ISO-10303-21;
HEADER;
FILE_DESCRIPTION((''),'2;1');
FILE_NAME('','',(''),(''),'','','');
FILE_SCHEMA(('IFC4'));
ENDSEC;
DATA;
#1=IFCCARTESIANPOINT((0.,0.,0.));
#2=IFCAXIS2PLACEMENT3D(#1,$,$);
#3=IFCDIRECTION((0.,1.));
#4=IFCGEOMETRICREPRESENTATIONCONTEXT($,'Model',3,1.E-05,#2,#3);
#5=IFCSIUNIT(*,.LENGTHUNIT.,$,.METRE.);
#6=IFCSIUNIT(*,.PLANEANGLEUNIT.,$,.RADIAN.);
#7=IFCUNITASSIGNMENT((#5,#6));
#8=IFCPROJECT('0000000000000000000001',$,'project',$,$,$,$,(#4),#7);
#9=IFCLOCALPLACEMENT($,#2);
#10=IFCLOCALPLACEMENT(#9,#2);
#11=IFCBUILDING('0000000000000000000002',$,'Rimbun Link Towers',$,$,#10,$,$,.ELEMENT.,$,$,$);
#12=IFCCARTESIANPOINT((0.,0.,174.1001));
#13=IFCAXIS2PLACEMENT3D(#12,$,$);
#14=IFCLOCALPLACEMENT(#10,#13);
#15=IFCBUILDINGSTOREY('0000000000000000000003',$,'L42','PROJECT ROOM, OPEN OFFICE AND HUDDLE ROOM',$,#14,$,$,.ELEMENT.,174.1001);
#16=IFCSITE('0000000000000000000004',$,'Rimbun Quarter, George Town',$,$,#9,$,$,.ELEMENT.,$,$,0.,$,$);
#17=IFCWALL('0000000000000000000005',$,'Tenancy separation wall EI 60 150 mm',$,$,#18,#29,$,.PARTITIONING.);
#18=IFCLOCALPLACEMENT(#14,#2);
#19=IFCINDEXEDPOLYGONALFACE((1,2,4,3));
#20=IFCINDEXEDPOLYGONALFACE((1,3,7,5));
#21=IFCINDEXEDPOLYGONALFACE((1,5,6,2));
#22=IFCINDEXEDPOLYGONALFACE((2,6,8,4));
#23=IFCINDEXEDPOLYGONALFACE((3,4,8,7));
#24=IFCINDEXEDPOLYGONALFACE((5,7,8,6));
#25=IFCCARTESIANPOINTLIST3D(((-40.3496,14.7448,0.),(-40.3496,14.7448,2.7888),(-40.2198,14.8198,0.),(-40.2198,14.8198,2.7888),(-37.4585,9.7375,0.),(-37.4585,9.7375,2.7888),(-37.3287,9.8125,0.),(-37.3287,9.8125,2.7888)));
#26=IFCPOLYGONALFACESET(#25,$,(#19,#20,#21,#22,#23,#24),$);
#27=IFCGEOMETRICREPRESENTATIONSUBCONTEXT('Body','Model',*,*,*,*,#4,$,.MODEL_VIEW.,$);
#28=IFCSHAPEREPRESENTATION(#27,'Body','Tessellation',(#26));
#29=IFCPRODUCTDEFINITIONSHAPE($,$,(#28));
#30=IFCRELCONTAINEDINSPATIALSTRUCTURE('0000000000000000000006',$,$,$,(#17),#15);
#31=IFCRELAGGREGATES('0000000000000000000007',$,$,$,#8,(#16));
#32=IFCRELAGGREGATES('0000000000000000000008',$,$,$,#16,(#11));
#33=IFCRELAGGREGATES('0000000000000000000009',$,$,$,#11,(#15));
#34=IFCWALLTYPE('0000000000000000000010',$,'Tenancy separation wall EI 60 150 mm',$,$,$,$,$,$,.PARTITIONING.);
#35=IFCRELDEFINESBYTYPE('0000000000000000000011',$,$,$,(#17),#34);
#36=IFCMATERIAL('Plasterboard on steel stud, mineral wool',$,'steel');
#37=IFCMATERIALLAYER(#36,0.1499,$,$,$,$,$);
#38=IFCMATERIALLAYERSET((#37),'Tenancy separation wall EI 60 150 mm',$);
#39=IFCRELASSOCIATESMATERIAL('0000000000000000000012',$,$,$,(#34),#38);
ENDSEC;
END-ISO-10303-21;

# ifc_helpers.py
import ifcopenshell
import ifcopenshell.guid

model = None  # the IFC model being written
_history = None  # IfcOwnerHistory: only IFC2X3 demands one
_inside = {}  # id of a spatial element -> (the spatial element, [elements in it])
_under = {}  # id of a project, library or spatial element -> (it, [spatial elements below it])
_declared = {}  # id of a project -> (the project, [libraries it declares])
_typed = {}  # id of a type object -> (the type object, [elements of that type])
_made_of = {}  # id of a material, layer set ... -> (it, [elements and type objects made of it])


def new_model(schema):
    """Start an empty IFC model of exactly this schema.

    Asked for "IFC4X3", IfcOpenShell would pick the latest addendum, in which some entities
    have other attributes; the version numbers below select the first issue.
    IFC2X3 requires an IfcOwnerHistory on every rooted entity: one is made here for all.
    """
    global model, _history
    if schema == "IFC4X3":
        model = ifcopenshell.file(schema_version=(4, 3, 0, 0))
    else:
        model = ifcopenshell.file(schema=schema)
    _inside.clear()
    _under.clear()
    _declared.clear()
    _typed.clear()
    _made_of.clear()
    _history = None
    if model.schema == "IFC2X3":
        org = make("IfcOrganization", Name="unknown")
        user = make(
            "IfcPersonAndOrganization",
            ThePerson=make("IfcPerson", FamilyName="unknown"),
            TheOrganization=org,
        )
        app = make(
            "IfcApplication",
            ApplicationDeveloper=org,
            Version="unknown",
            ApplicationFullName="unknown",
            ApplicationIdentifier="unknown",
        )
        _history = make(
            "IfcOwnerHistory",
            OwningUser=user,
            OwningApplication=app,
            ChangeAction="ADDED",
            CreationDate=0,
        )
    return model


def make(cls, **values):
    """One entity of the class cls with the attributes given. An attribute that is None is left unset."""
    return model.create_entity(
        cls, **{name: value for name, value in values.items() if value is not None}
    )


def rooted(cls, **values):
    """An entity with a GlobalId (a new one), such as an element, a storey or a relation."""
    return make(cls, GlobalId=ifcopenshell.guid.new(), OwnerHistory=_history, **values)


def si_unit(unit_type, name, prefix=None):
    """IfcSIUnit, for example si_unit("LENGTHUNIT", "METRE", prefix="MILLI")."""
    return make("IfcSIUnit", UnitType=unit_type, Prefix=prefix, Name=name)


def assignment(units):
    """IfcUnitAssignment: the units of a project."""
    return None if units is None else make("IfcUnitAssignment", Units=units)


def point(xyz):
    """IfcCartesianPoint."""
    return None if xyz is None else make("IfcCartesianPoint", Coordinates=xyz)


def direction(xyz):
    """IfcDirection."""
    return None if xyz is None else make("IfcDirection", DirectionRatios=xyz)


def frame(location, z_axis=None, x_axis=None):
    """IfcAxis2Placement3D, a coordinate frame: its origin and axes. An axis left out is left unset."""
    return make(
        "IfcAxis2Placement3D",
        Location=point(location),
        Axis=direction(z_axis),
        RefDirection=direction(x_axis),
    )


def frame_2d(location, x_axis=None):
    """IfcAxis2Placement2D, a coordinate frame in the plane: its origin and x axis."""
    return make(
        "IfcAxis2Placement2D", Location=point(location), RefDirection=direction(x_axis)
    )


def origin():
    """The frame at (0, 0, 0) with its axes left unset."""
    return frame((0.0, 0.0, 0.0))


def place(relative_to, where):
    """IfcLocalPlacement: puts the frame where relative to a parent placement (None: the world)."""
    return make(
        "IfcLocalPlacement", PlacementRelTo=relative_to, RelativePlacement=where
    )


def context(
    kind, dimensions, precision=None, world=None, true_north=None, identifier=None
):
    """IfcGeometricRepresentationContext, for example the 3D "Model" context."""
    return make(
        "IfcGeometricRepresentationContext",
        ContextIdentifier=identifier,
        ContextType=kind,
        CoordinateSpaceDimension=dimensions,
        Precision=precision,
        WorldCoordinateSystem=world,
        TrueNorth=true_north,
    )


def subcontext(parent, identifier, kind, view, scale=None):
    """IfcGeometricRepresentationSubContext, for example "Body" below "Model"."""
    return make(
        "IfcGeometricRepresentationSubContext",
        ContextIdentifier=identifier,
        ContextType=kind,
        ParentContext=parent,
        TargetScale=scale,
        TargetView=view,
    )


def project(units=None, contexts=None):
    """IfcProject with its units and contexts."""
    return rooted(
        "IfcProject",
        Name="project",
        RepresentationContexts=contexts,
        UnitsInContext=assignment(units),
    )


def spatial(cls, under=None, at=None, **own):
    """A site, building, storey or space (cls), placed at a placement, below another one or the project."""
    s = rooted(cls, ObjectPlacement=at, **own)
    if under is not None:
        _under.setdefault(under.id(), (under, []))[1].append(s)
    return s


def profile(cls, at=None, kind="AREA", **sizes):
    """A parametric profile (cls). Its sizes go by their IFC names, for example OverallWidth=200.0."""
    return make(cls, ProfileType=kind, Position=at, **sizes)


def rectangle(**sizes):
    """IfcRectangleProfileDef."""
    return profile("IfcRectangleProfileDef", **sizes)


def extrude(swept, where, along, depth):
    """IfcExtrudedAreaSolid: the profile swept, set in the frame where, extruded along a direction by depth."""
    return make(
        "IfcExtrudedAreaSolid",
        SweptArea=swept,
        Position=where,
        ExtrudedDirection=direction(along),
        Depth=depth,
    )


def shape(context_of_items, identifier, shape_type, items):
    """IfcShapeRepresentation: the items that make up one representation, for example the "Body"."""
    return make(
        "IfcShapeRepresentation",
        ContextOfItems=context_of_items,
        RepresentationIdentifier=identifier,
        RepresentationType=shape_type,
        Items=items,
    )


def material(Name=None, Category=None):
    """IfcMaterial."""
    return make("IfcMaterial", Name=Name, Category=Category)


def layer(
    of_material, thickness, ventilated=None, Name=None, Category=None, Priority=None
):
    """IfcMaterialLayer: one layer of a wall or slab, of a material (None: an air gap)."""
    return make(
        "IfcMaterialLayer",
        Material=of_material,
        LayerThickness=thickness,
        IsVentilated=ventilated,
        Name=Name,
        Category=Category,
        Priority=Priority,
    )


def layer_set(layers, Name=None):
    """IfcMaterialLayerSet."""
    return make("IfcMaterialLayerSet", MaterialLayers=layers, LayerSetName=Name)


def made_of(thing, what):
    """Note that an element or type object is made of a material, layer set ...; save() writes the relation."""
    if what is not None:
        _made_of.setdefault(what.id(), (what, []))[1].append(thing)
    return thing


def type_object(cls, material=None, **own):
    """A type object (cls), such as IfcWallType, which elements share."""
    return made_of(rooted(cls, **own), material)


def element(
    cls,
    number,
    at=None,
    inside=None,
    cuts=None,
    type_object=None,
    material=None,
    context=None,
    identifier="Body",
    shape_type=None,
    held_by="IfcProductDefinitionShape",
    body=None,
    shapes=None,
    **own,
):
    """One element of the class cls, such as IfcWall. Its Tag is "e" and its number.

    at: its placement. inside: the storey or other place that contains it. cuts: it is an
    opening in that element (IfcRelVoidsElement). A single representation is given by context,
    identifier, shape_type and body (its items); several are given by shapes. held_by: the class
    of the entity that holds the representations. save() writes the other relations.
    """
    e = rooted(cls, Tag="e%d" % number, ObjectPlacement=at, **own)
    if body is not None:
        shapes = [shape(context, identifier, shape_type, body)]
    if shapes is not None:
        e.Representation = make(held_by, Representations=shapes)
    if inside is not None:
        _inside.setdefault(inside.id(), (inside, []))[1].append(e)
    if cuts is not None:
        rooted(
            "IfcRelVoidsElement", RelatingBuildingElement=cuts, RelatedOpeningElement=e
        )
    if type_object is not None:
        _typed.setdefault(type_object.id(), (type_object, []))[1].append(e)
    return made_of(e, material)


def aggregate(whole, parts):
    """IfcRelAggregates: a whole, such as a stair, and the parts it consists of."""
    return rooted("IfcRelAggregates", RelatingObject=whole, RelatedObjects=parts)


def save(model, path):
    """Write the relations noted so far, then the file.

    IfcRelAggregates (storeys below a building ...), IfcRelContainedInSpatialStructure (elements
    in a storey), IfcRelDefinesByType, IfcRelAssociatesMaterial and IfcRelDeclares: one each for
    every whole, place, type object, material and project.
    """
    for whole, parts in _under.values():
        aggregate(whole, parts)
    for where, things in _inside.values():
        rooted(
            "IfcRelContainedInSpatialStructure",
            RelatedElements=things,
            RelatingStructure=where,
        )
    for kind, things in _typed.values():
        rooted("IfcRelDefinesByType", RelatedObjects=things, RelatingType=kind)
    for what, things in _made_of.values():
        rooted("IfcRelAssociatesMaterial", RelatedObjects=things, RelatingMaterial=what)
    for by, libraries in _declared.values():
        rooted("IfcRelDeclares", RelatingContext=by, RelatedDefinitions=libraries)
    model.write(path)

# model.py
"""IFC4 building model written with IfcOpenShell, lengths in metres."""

from ifc_helpers import new_model, si_unit, direction, frame, frame_2d, origin, place, context, subcontext, project, spatial, rectangle, extrude, material, layer, layer_set, type_object, element, save


model = new_model("IFC4")

# Units and contexts
model_context = context("Model", 3, precision=1e-05, world=origin(), true_north=direction((0.0, 1.0)))
body_context = subcontext(model_context, "Body", "Model", "MODEL_VIEW")
ifc_project = project(units=[si_unit("LENGTHUNIT", "METRE"), si_unit("PLANEANGLEUNIT", "RADIAN")], contexts=[model_context])

# Site, building, storey
site_placement = place(None, origin())
site = spatial("IfcSite", under=ifc_project, at=site_placement, Name="Rimbun Quarter, George Town", CompositionType="ELEMENT", RefElevation=0.0)
building_placement = place(site_placement, origin())
building = spatial("IfcBuilding", under=site, at=building_placement, Name="Rimbun Link Towers", CompositionType="ELEMENT")
storey_placement = place(building_placement, frame((0.0, 0.0, 174.1001)))
storey = spatial("IfcBuildingStorey", under=building, at=storey_placement, Name="L42", Description="PROJECT ROOM, OPEN OFFICE AND HUDDLE ROOM", CompositionType="ELEMENT", Elevation=174.1001)

# Wall
ifc_material_1 = material(Name="Plasterboard on steel stud, mineral wool", Category="steel")
ifc_layer_1 = layer(ifc_material_1, 0.1499)
ifc_layer_set_1 = layer_set([ifc_layer_1], Name="Tenancy separation wall EI 60 150 mm")
wall_type_1 = type_object("IfcWallType", Name="Tenancy separation wall EI 60 150 mm", PredefinedType="PARTITIONING", material=ifc_layer_set_1)
wall_1_placement = place(storey_placement, frame((-37.3936, 9.7749, 0.0), z_axis=(0.0, 0.0, 1.0), x_axis=(-0.500017, 0.866015, 0.0)))
element("IfcWall", 1, at=wall_1_placement, inside=storey, type_object=wall_type_1, Name="Tenancy separation wall EI 60 150 mm", PredefinedType="PARTITIONING", context=body_context, shape_type="SweptSolid", body=[
    extrude(rectangle(XDim=5.782, YDim=0.1499, at=frame_2d((2.8911, 0.0))), origin(), (0.0, 0.0, 1.0), 2.7888),
])

save(model, "model.ifc")
